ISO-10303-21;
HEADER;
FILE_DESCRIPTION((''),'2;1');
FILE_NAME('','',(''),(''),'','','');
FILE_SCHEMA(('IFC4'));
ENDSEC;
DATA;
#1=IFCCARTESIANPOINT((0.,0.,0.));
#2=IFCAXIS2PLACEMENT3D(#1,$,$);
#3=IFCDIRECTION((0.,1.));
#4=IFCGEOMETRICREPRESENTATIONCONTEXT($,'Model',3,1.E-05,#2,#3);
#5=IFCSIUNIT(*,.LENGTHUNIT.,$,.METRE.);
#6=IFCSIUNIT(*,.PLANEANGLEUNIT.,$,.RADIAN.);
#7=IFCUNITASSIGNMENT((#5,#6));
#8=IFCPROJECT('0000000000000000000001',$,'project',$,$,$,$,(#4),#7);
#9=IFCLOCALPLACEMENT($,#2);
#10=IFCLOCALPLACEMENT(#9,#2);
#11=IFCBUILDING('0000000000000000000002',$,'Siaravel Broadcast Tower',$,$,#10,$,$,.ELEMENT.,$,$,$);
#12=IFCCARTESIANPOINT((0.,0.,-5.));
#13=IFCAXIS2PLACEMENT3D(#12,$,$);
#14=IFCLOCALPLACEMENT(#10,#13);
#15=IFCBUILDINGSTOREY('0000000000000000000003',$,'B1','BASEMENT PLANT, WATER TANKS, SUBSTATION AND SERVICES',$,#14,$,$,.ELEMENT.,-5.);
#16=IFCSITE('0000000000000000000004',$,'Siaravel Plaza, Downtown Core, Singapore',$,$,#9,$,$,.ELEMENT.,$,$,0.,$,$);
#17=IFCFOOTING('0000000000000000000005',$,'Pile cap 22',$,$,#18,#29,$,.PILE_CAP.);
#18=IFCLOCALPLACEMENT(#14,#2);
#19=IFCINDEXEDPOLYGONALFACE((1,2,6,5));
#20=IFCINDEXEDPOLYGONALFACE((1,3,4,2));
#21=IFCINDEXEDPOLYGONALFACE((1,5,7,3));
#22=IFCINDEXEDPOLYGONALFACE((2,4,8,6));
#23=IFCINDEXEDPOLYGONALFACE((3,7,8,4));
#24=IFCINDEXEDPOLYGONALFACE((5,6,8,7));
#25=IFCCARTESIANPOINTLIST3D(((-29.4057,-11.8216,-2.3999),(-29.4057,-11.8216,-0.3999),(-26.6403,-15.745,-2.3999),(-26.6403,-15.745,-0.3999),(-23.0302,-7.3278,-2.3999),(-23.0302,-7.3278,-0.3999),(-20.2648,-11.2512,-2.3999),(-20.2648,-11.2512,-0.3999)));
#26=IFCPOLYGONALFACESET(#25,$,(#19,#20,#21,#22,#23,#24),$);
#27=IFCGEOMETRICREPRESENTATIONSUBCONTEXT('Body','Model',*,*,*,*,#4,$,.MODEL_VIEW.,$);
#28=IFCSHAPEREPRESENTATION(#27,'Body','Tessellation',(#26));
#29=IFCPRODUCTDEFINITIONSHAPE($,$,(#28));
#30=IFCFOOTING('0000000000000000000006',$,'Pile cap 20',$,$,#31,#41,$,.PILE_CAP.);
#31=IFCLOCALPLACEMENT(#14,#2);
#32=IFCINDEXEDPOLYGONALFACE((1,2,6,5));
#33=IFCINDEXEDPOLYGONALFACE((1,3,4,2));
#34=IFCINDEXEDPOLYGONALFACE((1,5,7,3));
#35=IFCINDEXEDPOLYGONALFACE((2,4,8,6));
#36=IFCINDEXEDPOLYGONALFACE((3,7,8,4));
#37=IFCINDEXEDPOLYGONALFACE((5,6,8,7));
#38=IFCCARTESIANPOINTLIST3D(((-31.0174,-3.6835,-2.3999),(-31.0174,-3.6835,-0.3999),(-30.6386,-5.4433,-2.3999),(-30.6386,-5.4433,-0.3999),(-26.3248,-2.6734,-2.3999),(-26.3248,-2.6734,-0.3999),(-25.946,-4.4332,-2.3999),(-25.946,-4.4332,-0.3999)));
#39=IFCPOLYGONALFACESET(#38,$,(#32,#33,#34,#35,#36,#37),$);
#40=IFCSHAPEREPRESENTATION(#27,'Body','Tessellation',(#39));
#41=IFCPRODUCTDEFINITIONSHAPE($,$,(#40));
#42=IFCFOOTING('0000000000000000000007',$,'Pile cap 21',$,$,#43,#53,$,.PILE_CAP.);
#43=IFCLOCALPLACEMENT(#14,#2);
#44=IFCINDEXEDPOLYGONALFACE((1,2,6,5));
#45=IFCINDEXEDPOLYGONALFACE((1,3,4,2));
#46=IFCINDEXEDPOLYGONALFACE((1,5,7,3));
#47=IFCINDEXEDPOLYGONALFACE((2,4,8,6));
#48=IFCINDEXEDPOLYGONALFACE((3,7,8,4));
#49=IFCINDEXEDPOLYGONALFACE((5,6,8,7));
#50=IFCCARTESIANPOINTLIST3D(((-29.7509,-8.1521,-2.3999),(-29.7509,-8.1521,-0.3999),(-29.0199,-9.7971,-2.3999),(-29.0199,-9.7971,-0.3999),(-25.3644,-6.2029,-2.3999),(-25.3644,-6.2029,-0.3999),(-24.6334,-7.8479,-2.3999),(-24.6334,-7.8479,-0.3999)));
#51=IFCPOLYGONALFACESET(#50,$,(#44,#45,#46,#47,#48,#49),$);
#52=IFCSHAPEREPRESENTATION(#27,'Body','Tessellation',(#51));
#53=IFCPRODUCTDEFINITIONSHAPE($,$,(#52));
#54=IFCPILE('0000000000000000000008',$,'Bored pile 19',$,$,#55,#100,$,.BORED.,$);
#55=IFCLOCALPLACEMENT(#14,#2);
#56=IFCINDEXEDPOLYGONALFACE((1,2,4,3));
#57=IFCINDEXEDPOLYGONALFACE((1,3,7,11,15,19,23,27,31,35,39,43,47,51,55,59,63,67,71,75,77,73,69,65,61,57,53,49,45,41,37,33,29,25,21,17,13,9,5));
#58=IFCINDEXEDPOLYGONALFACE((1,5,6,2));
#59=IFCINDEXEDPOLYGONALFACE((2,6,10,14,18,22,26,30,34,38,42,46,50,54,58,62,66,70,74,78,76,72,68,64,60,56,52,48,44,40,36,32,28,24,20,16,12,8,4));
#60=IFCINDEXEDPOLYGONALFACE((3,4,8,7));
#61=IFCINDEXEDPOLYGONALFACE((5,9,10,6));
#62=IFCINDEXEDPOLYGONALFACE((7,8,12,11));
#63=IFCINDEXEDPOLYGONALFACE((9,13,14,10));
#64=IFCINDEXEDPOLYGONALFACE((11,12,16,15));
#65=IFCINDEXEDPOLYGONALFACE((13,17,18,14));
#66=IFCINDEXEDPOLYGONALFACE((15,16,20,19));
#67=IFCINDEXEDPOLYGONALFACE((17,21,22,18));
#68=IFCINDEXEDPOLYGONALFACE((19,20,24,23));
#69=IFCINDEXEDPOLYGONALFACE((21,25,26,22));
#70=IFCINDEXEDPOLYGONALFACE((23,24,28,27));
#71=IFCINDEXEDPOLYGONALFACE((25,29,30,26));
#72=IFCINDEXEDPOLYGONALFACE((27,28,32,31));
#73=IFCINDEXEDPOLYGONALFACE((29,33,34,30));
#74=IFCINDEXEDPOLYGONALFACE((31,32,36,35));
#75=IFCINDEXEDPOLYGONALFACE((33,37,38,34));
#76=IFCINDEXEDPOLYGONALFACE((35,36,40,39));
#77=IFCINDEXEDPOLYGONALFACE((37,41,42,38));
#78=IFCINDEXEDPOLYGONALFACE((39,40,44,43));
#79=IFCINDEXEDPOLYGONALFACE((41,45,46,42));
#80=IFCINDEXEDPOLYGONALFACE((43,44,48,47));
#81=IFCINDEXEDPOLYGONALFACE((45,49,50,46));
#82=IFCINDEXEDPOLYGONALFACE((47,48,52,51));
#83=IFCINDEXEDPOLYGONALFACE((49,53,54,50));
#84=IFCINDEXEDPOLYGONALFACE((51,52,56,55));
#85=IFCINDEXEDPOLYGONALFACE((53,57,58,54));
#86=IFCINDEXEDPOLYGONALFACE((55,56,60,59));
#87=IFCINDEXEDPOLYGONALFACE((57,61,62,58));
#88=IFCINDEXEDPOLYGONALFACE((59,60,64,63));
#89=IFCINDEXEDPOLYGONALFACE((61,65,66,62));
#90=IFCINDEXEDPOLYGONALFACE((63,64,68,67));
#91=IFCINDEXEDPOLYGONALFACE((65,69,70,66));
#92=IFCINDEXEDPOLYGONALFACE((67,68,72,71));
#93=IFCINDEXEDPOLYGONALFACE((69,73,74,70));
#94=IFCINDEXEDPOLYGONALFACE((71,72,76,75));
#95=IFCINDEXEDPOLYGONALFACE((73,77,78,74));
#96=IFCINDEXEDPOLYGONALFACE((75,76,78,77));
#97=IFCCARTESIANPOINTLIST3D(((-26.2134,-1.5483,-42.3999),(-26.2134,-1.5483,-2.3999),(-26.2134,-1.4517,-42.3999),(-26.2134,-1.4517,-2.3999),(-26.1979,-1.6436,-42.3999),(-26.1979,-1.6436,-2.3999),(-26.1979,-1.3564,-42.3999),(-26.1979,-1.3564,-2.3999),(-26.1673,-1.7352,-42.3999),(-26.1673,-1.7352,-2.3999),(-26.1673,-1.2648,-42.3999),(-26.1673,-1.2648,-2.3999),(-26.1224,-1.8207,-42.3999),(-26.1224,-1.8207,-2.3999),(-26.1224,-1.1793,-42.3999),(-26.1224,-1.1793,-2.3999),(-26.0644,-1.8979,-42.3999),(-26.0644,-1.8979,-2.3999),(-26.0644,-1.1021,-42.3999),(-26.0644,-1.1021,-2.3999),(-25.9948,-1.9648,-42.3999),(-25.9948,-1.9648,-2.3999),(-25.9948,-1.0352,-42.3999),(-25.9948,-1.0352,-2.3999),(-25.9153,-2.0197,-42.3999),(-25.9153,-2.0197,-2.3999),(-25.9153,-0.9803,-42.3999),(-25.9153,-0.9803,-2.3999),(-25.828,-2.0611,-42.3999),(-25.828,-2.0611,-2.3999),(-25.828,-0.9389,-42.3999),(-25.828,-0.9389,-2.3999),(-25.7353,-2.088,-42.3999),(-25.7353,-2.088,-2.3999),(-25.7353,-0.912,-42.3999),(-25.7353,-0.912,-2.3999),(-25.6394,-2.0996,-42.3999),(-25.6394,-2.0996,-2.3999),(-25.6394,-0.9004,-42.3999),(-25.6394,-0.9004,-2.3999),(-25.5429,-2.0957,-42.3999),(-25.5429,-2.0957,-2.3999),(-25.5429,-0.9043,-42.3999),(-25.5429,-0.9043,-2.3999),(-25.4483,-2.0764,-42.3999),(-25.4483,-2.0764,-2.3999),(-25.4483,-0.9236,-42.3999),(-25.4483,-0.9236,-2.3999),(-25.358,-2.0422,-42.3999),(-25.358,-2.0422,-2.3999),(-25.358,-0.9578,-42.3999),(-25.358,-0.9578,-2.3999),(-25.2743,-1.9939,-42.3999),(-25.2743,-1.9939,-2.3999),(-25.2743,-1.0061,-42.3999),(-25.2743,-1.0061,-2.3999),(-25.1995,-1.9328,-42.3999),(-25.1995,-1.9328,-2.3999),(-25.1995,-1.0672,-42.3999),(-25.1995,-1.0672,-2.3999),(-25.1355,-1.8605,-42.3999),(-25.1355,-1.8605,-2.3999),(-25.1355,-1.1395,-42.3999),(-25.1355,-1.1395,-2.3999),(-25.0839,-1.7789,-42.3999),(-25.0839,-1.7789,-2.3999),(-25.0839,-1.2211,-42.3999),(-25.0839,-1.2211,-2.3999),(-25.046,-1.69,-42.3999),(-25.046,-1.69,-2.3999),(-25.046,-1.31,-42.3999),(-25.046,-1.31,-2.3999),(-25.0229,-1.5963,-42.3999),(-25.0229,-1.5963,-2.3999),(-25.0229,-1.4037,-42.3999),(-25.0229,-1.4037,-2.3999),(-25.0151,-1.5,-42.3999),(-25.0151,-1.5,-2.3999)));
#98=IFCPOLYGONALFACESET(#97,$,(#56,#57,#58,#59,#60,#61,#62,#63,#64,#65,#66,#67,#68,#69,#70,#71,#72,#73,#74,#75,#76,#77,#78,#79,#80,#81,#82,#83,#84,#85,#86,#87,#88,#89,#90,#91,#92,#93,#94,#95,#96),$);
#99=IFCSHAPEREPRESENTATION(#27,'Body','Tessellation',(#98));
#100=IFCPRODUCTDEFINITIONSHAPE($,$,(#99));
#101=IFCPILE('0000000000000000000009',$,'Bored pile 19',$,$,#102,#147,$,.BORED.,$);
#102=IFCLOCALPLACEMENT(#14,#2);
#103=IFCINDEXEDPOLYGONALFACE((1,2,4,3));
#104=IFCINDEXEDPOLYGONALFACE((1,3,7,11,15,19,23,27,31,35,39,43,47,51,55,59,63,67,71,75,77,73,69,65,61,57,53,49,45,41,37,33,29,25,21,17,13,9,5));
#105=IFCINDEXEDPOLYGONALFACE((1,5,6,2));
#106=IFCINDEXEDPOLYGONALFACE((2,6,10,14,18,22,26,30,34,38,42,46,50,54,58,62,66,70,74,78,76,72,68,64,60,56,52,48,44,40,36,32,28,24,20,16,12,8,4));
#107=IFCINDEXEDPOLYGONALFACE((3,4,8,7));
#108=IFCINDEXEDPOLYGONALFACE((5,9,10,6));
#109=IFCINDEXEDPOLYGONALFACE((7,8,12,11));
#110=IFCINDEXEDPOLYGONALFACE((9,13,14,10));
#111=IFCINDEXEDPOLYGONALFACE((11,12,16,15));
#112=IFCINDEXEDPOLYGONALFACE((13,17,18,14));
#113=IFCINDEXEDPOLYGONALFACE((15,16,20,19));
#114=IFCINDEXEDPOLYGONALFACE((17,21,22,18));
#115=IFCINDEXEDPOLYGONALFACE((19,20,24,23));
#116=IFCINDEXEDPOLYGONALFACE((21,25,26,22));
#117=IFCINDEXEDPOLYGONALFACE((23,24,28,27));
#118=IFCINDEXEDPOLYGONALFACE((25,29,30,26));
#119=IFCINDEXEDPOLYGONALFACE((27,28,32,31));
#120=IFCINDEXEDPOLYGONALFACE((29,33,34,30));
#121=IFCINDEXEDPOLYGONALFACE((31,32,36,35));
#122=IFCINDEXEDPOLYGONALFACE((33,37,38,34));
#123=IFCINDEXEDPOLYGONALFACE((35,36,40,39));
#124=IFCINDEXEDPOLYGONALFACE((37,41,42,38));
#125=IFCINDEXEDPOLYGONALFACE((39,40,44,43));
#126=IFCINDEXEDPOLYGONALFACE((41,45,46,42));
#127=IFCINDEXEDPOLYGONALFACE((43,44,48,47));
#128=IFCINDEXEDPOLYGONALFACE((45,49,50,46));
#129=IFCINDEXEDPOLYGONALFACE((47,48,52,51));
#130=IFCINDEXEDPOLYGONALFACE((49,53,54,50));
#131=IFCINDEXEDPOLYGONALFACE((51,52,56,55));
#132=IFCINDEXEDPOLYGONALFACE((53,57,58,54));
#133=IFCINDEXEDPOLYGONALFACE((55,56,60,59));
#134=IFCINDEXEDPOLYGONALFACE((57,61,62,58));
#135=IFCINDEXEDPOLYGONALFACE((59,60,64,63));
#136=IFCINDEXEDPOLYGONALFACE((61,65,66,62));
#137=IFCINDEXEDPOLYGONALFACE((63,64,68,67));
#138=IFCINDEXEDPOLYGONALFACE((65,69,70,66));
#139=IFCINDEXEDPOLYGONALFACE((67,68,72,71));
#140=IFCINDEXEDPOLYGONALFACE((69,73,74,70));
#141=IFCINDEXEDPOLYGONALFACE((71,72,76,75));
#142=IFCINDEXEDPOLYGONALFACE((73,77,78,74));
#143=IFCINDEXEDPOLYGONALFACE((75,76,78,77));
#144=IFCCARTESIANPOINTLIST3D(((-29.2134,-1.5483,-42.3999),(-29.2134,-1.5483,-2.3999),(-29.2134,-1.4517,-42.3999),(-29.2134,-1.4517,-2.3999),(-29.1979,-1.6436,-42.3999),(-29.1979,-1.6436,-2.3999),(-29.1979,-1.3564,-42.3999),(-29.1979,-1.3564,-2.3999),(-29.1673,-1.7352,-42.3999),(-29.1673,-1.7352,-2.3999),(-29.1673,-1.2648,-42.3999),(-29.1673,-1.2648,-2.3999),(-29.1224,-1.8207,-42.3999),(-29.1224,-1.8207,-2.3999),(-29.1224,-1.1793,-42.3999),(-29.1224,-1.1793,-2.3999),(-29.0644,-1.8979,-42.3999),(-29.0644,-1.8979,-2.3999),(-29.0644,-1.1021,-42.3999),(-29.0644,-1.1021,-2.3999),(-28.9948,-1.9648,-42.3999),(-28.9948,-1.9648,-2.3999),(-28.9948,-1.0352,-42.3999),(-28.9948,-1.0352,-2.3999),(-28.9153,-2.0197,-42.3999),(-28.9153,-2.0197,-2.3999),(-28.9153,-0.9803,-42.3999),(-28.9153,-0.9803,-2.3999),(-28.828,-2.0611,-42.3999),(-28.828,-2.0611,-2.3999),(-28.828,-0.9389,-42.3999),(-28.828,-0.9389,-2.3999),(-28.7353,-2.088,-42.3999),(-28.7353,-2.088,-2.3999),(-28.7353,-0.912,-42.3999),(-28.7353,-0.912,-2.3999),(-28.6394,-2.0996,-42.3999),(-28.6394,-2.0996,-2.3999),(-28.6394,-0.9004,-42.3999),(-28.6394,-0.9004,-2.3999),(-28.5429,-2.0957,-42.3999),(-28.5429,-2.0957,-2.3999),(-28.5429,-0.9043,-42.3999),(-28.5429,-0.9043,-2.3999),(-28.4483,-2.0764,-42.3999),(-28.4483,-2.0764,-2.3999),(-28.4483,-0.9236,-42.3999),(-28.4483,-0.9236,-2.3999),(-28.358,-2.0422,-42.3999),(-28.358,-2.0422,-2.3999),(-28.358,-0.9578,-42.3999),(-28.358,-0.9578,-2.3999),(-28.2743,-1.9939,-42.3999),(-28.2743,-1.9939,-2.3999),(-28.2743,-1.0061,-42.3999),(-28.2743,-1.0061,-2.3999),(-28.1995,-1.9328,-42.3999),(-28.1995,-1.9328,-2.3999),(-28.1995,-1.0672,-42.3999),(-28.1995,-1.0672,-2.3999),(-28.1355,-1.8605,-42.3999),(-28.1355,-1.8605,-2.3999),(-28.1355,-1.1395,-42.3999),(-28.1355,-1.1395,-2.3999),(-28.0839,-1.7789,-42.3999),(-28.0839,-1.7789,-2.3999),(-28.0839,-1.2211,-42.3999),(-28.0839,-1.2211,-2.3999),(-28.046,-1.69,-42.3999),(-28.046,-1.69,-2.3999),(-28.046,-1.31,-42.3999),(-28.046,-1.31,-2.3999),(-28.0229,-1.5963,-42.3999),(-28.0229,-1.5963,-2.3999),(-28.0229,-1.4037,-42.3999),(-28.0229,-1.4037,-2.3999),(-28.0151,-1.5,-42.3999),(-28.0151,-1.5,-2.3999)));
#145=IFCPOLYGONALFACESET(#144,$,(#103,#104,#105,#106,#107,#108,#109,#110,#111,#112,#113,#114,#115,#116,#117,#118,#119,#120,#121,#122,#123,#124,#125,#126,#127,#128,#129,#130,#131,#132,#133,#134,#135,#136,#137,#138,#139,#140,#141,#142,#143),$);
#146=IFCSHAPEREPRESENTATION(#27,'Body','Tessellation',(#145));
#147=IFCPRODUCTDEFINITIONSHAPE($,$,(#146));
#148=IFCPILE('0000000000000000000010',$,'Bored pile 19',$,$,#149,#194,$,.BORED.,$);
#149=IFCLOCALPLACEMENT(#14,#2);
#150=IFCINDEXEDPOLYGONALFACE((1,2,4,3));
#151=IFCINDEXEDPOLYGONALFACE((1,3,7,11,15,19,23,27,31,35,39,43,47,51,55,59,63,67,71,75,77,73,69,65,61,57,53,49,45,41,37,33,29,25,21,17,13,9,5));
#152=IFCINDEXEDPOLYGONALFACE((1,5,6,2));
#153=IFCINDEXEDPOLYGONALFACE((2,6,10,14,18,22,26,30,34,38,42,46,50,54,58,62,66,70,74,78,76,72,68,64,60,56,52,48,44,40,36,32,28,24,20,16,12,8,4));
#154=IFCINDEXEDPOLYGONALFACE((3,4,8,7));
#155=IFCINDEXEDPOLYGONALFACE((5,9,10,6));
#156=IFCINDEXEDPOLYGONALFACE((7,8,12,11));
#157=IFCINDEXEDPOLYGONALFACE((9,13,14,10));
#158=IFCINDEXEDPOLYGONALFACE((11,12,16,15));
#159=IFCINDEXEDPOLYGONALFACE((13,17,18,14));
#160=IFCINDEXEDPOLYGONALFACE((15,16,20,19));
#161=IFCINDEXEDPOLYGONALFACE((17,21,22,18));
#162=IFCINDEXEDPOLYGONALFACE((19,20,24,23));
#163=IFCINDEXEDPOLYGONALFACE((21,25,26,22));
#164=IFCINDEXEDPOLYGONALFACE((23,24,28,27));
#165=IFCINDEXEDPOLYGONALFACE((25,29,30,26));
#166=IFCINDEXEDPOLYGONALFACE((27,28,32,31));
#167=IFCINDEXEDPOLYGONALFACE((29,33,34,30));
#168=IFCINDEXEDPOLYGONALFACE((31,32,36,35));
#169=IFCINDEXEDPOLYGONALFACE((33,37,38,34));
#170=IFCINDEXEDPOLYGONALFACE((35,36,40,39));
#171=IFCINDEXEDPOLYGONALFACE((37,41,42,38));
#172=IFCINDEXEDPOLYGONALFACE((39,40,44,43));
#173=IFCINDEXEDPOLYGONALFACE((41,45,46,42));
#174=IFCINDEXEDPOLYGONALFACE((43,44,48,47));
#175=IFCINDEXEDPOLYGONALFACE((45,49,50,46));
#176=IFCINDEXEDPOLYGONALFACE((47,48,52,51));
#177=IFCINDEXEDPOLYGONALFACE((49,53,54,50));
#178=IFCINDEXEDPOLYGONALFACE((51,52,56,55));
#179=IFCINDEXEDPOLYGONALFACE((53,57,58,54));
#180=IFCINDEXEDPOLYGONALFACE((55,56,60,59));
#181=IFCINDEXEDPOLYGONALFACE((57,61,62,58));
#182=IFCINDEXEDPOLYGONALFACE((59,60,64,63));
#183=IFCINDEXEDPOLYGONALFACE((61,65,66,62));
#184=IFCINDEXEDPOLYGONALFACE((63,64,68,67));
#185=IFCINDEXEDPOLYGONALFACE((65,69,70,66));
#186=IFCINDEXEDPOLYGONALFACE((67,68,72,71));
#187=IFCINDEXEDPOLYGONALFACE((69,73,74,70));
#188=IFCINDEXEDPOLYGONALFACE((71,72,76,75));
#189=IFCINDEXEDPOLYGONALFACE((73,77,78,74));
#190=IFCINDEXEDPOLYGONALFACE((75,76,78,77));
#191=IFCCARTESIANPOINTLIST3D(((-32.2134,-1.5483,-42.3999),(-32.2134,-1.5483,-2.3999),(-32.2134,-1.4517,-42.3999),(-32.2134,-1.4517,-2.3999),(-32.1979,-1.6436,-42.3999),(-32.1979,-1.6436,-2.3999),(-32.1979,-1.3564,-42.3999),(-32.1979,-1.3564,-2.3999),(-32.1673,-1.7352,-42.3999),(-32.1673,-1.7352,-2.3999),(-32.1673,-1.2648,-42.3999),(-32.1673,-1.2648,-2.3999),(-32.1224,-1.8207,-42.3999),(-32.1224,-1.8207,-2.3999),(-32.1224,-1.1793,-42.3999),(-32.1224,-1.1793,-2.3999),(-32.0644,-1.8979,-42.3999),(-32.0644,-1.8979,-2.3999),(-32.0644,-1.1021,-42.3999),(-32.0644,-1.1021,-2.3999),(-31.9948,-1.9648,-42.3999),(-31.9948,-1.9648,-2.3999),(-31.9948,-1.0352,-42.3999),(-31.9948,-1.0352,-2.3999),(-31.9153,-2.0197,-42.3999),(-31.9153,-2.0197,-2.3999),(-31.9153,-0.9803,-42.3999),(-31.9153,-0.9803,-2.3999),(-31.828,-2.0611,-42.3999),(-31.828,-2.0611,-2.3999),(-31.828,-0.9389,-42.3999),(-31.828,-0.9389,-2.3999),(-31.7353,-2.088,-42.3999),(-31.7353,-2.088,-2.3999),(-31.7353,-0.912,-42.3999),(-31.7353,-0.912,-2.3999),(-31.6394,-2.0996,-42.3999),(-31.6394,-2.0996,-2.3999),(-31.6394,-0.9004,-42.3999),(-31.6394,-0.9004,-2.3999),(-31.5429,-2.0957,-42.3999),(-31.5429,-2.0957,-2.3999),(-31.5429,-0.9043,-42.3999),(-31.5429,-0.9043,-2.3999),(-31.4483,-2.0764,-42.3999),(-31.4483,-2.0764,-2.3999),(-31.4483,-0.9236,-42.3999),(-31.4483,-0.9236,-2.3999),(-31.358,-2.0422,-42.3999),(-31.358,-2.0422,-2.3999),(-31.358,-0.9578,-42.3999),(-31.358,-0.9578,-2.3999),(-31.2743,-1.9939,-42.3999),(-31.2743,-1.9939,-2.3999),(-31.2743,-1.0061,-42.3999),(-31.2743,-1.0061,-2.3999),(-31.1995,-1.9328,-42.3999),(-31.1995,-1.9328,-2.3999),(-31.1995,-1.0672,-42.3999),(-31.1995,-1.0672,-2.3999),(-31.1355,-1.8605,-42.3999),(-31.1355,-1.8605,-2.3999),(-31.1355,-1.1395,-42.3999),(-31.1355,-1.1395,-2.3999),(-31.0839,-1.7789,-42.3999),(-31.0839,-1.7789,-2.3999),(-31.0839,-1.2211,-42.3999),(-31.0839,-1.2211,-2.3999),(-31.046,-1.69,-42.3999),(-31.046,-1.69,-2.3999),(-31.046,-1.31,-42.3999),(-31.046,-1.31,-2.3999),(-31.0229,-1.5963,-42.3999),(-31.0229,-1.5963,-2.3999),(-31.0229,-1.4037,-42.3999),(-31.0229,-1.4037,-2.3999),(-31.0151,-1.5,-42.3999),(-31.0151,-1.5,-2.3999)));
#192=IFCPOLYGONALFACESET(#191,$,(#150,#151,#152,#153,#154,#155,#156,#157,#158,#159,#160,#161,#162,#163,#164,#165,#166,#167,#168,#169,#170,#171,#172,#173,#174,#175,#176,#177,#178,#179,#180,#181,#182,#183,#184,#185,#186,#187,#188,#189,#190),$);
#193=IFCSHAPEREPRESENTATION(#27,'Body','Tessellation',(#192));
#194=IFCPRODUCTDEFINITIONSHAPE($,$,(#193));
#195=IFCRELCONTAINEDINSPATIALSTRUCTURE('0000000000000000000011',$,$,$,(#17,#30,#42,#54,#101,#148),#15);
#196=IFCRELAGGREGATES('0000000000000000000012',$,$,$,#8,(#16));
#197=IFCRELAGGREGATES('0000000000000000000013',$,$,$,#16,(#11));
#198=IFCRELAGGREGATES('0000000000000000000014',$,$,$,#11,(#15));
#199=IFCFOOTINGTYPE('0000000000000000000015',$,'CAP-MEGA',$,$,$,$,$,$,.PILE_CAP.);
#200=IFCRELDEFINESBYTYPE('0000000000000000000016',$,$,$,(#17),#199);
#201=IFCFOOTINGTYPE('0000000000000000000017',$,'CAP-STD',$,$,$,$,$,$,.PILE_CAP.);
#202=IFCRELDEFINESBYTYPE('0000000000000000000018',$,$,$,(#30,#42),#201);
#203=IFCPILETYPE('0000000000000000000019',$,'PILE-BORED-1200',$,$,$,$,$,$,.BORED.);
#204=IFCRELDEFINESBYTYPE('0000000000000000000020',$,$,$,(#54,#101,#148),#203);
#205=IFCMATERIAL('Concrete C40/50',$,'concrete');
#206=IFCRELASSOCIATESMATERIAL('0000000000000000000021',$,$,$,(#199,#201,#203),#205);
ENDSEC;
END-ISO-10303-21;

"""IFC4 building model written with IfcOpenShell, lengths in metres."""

from ifc_helpers import new_model, si_unit, direction, frame, origin, origin_2d, place, context, subcontext, project, spatial, rectangle, circle, extrude, material, material_profile, profile_set, type_object, element, save


model = new_model("IFC4")

# Units and contexts
model_context = context("Model", 3, precision=1e-05, world=origin(), true_north=direction((0.0, 1.0)))
body_context = subcontext(model_context, "Body", "Model", "MODEL_VIEW")
ifc_project = project(units=[si_unit("LENGTHUNIT", "METRE"), si_unit("PLANEANGLEUNIT", "RADIAN")], contexts=[model_context])

# Site, building, storey
site_placement = place(None, origin())
site = spatial("IfcSite", under=ifc_project, at=site_placement, Name="Siaravel Plaza, Downtown Core, Singapore", CompositionType="ELEMENT", RefElevation=0.0)
building_placement = place(site_placement, origin())
building = spatial("IfcBuilding", under=site, at=building_placement, Name="Siaravel Broadcast Tower", CompositionType="ELEMENT")
storey_placement = place(building_placement, frame((0.0, 0.0, -5.0)))
storey = spatial("IfcBuildingStorey", under=building, at=storey_placement, Name="B1", Description="BASEMENT PLANT, WATER TANKS, SUBSTATION AND SERVICES", CompositionType="ELEMENT", Elevation=-5.0)

# Footings
ifc_material_1 = material(Name="Concrete C40/50", Category="concrete")
footing_type_1 = type_object("IfcFootingType", Name="CAP-MEGA", PredefinedType="PILE_CAP", material=ifc_material_1)
footing_placement = place(storey_placement, frame((-24.8352, -11.5364, -2.3999), z_axis=(0.0, 0.0, 1.0), x_axis=(-0.817366, -0.576119, 0.0)))
element("IfcFooting", 1, at=footing_placement, inside=storey, type_object=footing_type_1, Name="Pile cap 22", PredefinedType="PILE_CAP", context=body_context, shape_type="SweptSolid", body=[
    extrude(rectangle(XDim=7.8, YDim=4.8, at=origin_2d()), origin(), (0.0, 0.0, 1.0), 2.0),
])
footing_type_2 = type_object("IfcFootingType", Name="CAP-STD", PredefinedType="PILE_CAP", material=ifc_material_1)
for number, where, z_axis, x_axis, name in (
    (2, (-28.4817, -4.0583, -2.3999), (0.0, 0.0, 1.0), (-0.977607, -0.210438, 0.0), "Pile cap 20"),
    (3, (-27.1921, -8.0, -2.3999), (0.0, 0.0, 1.0), (-0.913843, -0.406067, 0.0), "Pile cap 21"),
):
    element("IfcFooting", number, at=place(storey_placement, frame(where, z_axis=z_axis, x_axis=x_axis)), inside=storey, type_object=footing_type_2, Name=name, PredefinedType="PILE_CAP", context=body_context, shape_type="SweptSolid", body=[
        extrude(rectangle(XDim=4.8, YDim=1.8, at=origin_2d()), origin(), (0.0, 0.0, 1.0), 2.0),
    ])

# Piles
ifc_material_profile_1 = material_profile(ifc_material_1, circle(Radius=0.6001, at=origin_2d()))
ifc_profile_set_1 = profile_set([ifc_material_profile_1], Name="Concrete C40/50")
pile_type_1 = type_object("IfcPileType", Name="PILE-BORED-1200", PredefinedType="BORED", material=ifc_profile_set_1)
for number, where, z_axis, x_axis, name in (
    (4, (-25.6152, -1.5, -2.3999), (0.0, 0.0, -1.0), (1.0, 0.0, 0.0), "Bored pile 19"),
    (5, (-28.6152, -1.5, -2.3999), (0.0, 0.0, -1.0), (1.0, 0.0, 0.0), "Bored pile 19"),
    (6, (-31.6152, -1.5, -2.3999), (0.0, 0.0, -1.0), (1.0, 0.0, 0.0), "Bored pile 19"),
):
    element("IfcPile", number, at=place(storey_placement, frame(where, z_axis=z_axis, x_axis=x_axis)), inside=storey, type_object=pile_type_1, Name=name, PredefinedType="BORED", context=body_context, shape_type="SweptSolid", body=[
        extrude(circle(Radius=0.6001, at=origin_2d()), origin(), (0.0, 0.0, 1.0), 40.0),
    ])

save(model, "model.ifc")
